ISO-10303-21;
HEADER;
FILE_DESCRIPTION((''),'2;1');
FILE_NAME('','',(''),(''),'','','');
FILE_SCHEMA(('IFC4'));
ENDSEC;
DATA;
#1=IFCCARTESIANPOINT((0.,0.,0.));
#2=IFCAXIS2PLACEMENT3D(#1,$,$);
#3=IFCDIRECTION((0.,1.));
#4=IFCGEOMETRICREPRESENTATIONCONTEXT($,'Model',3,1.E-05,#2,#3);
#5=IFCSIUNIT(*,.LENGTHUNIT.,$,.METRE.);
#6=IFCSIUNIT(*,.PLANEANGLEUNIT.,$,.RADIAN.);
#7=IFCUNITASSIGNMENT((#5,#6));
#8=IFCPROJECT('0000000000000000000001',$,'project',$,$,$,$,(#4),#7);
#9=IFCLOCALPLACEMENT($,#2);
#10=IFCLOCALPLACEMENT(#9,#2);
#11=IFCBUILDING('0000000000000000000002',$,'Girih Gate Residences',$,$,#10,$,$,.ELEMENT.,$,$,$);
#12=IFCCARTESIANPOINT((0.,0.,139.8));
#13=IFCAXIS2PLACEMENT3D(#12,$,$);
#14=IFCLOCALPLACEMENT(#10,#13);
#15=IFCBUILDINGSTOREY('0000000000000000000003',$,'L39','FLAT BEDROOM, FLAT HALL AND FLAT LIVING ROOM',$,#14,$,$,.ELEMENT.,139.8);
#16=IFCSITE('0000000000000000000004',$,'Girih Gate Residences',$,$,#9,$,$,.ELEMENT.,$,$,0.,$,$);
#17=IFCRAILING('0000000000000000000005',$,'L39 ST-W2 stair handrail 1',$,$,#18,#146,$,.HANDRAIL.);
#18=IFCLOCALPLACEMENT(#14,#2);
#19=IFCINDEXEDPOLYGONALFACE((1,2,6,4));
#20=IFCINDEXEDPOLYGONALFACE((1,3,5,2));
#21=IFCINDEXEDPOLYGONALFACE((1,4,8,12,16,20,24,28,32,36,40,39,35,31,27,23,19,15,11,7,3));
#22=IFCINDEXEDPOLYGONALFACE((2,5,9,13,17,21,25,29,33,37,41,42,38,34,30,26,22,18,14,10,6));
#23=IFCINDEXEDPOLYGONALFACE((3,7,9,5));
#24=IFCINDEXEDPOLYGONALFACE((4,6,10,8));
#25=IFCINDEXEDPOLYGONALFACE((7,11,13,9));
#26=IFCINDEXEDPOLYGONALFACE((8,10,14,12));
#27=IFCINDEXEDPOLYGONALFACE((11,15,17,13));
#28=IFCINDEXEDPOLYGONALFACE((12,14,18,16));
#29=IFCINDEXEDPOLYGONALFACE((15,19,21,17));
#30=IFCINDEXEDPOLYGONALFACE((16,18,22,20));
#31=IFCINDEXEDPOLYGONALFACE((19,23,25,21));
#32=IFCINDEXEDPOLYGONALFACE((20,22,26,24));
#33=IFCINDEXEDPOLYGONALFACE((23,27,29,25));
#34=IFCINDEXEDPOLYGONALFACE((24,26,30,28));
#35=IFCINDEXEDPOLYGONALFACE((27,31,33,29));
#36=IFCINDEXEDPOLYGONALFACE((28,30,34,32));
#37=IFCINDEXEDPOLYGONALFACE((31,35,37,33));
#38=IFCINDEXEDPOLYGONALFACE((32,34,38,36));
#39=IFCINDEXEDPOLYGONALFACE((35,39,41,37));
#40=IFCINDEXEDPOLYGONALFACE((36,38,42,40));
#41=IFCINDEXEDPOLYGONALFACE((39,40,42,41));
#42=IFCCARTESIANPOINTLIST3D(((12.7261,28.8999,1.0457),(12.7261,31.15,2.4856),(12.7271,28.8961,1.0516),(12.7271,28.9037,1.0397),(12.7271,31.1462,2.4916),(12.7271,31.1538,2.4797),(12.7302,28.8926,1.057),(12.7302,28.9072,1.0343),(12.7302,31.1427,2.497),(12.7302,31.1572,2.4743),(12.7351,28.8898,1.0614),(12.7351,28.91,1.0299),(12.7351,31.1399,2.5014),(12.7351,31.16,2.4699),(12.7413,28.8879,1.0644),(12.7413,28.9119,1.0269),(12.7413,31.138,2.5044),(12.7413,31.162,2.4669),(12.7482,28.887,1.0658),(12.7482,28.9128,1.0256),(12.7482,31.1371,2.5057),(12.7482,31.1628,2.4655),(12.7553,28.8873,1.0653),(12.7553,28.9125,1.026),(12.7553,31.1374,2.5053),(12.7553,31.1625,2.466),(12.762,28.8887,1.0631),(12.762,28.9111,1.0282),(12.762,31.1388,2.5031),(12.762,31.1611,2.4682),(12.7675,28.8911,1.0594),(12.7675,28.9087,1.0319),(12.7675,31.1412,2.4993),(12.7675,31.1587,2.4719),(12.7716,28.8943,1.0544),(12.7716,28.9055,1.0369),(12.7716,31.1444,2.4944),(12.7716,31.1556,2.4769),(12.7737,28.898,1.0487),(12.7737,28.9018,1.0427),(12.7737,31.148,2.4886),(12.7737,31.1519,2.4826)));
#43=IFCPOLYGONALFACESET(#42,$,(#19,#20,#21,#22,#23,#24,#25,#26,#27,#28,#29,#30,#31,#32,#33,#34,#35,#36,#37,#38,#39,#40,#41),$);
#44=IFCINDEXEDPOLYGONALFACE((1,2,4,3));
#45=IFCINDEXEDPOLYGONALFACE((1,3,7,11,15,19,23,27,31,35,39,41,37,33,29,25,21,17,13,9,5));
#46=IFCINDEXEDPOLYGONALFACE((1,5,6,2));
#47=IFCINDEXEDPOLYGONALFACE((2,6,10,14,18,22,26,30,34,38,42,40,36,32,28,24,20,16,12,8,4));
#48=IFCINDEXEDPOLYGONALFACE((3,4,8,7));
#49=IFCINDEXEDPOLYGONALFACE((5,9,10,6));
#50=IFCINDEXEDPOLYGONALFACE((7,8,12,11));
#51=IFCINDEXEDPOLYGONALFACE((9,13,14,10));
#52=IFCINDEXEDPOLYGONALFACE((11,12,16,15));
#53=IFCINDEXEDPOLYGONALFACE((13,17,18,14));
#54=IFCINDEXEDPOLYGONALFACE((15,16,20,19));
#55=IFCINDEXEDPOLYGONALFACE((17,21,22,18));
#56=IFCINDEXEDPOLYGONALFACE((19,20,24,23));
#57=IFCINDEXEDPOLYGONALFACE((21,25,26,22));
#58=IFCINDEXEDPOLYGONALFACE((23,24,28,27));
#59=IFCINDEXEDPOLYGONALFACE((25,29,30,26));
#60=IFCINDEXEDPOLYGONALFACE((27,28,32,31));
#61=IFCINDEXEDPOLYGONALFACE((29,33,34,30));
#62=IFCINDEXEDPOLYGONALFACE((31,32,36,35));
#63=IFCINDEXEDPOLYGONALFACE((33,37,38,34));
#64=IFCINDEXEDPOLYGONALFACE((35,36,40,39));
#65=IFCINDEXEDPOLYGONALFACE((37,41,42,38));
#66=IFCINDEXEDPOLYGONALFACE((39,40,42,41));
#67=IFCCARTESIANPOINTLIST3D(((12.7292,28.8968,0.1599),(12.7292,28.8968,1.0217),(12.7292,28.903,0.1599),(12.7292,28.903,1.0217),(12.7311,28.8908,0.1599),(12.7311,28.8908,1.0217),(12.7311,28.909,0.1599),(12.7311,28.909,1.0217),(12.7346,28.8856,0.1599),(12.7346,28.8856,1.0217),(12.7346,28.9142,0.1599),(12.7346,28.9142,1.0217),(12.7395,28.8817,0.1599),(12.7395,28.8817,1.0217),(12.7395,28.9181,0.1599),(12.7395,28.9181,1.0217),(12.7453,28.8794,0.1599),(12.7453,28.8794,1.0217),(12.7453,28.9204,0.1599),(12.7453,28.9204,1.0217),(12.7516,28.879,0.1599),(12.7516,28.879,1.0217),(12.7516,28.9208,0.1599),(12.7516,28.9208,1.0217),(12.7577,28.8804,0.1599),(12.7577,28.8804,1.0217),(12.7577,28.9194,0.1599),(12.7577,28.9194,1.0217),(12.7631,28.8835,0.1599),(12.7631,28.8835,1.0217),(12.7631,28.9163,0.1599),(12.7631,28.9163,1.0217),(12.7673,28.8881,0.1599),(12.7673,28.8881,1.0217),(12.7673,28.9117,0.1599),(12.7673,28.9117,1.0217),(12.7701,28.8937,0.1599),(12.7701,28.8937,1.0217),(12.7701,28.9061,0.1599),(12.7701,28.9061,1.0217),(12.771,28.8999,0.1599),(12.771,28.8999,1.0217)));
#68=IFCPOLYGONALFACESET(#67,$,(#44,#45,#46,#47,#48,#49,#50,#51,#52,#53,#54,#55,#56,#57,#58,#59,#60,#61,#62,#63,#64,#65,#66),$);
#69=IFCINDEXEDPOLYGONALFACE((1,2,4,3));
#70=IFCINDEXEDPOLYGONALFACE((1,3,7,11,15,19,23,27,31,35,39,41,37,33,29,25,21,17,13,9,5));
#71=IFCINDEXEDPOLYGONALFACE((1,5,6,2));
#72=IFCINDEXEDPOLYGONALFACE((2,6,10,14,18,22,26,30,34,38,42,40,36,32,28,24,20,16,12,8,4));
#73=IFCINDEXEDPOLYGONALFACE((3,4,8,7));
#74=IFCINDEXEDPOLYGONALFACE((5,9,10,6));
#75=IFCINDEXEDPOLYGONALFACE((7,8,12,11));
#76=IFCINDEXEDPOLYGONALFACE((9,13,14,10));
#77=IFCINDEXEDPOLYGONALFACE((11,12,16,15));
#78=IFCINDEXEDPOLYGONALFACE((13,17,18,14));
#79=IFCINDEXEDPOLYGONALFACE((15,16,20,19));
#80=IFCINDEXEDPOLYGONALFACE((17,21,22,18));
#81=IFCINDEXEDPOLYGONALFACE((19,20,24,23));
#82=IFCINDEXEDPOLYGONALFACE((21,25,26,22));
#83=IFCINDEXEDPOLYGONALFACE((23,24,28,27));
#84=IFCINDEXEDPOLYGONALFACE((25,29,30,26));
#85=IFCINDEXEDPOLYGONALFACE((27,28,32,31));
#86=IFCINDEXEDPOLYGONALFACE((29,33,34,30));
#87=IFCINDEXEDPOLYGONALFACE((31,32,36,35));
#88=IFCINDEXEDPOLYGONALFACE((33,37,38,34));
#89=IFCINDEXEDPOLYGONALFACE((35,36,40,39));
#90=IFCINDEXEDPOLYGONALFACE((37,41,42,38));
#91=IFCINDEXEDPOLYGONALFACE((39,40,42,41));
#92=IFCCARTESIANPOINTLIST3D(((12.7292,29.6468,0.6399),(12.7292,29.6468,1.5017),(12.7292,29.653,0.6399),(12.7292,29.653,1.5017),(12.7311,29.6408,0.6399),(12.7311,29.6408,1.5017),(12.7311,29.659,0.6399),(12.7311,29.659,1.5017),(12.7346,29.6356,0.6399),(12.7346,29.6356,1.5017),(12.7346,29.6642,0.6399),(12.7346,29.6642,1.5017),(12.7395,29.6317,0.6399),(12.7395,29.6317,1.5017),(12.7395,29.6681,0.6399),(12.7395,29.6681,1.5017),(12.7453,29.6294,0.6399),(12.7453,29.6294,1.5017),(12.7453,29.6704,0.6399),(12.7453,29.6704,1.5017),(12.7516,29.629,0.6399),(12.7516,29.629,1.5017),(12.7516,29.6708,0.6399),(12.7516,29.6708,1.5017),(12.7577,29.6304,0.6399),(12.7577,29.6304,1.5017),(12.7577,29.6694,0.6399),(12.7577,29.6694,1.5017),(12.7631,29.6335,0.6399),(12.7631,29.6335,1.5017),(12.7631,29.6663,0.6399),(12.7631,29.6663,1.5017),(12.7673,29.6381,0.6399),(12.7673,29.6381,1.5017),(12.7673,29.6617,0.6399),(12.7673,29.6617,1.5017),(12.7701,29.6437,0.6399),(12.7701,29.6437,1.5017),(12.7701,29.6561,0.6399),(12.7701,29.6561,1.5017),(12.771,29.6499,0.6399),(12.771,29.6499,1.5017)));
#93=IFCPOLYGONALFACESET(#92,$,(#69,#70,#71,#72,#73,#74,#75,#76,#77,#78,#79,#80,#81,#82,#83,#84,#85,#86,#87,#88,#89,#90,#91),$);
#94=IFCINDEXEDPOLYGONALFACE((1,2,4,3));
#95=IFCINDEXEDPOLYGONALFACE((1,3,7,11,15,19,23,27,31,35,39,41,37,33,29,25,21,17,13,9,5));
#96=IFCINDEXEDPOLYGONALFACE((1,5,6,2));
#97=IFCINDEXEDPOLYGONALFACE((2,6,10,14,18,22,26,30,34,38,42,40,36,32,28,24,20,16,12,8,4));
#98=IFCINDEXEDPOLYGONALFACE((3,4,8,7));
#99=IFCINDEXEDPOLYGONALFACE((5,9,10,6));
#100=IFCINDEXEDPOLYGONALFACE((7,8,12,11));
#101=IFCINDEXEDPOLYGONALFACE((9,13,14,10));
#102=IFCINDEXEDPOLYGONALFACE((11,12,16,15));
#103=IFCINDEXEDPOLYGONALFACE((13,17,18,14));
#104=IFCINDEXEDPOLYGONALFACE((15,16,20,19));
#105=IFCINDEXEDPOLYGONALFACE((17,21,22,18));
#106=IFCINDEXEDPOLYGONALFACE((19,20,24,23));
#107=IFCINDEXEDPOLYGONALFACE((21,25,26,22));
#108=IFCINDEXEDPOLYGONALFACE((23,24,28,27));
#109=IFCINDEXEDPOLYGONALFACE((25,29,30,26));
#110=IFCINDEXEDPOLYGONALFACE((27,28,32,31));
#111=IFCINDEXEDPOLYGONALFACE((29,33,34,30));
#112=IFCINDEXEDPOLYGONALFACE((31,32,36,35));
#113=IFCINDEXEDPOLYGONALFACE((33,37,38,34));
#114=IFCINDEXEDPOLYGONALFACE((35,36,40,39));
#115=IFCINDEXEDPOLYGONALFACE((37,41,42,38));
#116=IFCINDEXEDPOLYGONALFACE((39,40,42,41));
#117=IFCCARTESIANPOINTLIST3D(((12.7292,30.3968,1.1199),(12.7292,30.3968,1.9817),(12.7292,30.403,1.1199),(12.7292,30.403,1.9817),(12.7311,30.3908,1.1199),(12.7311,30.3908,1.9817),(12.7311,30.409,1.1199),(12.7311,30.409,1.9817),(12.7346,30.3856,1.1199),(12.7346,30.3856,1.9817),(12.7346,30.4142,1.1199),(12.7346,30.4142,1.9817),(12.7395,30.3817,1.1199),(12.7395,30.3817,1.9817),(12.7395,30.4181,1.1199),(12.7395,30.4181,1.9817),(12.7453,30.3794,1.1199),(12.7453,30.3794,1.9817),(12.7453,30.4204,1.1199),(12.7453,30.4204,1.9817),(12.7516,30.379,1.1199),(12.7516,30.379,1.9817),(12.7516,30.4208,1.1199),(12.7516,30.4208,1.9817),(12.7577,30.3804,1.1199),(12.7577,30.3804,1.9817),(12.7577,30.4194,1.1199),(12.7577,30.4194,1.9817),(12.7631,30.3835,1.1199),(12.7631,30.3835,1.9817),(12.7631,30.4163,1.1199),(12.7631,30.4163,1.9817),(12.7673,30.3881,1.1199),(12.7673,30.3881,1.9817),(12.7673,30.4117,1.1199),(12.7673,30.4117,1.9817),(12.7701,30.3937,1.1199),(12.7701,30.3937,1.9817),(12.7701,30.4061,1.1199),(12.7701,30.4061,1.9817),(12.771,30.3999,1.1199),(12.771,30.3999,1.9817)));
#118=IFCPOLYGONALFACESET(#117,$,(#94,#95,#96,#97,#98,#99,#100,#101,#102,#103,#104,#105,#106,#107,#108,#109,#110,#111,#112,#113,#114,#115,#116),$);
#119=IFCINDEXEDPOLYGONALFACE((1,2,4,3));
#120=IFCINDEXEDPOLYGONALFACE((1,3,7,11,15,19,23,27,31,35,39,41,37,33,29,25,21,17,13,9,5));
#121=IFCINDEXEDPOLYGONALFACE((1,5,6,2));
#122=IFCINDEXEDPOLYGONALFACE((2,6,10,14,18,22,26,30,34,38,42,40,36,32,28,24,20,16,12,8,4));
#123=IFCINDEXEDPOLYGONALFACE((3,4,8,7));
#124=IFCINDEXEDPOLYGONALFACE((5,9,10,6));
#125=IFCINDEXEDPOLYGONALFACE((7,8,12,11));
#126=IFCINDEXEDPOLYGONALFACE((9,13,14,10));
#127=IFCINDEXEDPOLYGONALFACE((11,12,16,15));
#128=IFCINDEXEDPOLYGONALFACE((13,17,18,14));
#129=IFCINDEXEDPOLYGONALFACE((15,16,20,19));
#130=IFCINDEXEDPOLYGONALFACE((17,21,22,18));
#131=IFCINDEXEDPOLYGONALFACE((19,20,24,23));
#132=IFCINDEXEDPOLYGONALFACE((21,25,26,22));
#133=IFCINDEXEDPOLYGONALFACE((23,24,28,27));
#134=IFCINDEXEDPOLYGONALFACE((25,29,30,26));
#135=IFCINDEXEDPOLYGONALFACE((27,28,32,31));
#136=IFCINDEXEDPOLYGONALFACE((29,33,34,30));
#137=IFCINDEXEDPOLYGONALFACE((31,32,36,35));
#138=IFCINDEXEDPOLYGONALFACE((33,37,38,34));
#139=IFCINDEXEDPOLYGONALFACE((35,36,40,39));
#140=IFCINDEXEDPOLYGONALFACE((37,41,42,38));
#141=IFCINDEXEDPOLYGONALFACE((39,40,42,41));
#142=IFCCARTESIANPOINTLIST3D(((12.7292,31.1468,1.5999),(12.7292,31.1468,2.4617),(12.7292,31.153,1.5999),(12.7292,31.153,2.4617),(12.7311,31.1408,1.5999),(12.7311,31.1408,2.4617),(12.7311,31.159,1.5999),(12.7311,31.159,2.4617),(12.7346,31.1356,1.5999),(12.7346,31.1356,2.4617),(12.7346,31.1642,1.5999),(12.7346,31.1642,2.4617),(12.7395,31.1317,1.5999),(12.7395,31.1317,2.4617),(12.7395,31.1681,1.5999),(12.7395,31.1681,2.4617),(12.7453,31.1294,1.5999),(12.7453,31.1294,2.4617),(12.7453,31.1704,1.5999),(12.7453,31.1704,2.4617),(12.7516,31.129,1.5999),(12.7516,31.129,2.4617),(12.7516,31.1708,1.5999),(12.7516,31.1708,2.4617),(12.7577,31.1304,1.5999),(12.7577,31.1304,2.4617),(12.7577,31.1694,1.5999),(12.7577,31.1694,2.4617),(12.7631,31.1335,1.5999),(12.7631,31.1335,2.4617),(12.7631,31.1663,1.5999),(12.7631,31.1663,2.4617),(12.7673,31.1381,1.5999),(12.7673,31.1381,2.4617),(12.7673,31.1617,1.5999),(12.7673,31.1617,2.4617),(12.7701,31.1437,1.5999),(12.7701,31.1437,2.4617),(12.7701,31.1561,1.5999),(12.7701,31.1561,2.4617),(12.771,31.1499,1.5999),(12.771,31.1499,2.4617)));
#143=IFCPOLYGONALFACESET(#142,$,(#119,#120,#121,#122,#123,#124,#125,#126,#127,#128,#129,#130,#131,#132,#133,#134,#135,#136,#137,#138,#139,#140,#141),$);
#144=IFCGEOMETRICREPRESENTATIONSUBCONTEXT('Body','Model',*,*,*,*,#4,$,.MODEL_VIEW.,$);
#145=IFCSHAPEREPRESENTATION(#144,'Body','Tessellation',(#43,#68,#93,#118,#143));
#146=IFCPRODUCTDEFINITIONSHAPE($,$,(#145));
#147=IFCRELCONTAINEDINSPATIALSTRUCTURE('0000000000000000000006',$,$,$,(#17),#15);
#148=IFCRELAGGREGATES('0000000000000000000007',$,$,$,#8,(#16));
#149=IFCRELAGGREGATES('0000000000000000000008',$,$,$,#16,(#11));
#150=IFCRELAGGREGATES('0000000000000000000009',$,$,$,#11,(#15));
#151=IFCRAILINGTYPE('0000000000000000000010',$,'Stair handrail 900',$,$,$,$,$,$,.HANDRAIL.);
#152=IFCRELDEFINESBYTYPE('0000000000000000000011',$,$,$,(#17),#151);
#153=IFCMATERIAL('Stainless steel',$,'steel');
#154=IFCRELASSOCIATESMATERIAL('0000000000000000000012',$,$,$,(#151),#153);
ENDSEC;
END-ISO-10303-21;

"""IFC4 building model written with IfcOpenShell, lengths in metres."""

from ifc_helpers import new_model, si_unit, direction, frame, origin, origin_2d, place, context, subcontext, project, spatial, circle, extrude, material, type_object, element, save


model = new_model("IFC4")

# Units and contexts
model_context = context("Model", 3, precision=1e-05, world=origin(), true_north=direction((0.0, 1.0)))
body_context = subcontext(model_context, "Body", "Model", "MODEL_VIEW")
ifc_project = project(units=[si_unit("LENGTHUNIT", "METRE"), si_unit("PLANEANGLEUNIT", "RADIAN")], contexts=[model_context])

# Site, building, storey
site_placement = place(None, origin())
site = spatial("IfcSite", under=ifc_project, at=site_placement, Name="Girih Gate Residences", CompositionType="ELEMENT", RefElevation=0.0)
building_placement = place(site_placement, origin())
building = spatial("IfcBuilding", under=site, at=building_placement, Name="Girih Gate Residences", CompositionType="ELEMENT")
storey_placement = place(building_placement, frame((0.0, 0.0, 139.8)))
storey = spatial("IfcBuildingStorey", under=building, at=storey_placement, Name="L39", Description="FLAT BEDROOM, FLAT HALL AND FLAT LIVING ROOM", CompositionType="ELEMENT", Elevation=139.8)

# Railing
ifc_material_1 = material(Name="Stainless steel", Category="steel")
railing_type_1 = type_object("IfcRailingType", Name="Stair handrail 900", PredefinedType="HANDRAIL", material=ifc_material_1)
railing_1_placement = place(storey_placement, frame((12.75, 28.8999, 0.1599)))
element("IfcRailing", 1, at=railing_1_placement, inside=storey, type_object=railing_type_1, Name="L39 ST-W2 stair handrail 1", PredefinedType="HANDRAIL", context=body_context, shape_type="SweptSolid", body=[
    extrude(circle(Radius=0.0239, at=origin_2d()), frame((0.0, 0.0, 0.8857), z_axis=(0.0, 0.842281, 0.539038), x_axis=(-1.0, 0.0, 0.0)), (0.0, 0.0, 1.0), 2.6714),
    extrude(circle(Radius=0.021, at=origin_2d()), origin(), (0.0, 0.0, 1.0), 0.8618),
    extrude(circle(Radius=0.021, at=origin_2d()), frame((0.0, 0.75, 0.48)), (0.0, 0.0, 1.0), 0.8618),
    extrude(circle(Radius=0.021, at=origin_2d()), frame((0.0, 1.5, 0.96)), (0.0, 0.0, 1.0), 0.8618),
    extrude(circle(Radius=0.021, at=origin_2d()), frame((0.0, 2.25, 1.4399)), (0.0, 0.0, 1.0), 0.8618),
])

save(model, "model.ifc")
